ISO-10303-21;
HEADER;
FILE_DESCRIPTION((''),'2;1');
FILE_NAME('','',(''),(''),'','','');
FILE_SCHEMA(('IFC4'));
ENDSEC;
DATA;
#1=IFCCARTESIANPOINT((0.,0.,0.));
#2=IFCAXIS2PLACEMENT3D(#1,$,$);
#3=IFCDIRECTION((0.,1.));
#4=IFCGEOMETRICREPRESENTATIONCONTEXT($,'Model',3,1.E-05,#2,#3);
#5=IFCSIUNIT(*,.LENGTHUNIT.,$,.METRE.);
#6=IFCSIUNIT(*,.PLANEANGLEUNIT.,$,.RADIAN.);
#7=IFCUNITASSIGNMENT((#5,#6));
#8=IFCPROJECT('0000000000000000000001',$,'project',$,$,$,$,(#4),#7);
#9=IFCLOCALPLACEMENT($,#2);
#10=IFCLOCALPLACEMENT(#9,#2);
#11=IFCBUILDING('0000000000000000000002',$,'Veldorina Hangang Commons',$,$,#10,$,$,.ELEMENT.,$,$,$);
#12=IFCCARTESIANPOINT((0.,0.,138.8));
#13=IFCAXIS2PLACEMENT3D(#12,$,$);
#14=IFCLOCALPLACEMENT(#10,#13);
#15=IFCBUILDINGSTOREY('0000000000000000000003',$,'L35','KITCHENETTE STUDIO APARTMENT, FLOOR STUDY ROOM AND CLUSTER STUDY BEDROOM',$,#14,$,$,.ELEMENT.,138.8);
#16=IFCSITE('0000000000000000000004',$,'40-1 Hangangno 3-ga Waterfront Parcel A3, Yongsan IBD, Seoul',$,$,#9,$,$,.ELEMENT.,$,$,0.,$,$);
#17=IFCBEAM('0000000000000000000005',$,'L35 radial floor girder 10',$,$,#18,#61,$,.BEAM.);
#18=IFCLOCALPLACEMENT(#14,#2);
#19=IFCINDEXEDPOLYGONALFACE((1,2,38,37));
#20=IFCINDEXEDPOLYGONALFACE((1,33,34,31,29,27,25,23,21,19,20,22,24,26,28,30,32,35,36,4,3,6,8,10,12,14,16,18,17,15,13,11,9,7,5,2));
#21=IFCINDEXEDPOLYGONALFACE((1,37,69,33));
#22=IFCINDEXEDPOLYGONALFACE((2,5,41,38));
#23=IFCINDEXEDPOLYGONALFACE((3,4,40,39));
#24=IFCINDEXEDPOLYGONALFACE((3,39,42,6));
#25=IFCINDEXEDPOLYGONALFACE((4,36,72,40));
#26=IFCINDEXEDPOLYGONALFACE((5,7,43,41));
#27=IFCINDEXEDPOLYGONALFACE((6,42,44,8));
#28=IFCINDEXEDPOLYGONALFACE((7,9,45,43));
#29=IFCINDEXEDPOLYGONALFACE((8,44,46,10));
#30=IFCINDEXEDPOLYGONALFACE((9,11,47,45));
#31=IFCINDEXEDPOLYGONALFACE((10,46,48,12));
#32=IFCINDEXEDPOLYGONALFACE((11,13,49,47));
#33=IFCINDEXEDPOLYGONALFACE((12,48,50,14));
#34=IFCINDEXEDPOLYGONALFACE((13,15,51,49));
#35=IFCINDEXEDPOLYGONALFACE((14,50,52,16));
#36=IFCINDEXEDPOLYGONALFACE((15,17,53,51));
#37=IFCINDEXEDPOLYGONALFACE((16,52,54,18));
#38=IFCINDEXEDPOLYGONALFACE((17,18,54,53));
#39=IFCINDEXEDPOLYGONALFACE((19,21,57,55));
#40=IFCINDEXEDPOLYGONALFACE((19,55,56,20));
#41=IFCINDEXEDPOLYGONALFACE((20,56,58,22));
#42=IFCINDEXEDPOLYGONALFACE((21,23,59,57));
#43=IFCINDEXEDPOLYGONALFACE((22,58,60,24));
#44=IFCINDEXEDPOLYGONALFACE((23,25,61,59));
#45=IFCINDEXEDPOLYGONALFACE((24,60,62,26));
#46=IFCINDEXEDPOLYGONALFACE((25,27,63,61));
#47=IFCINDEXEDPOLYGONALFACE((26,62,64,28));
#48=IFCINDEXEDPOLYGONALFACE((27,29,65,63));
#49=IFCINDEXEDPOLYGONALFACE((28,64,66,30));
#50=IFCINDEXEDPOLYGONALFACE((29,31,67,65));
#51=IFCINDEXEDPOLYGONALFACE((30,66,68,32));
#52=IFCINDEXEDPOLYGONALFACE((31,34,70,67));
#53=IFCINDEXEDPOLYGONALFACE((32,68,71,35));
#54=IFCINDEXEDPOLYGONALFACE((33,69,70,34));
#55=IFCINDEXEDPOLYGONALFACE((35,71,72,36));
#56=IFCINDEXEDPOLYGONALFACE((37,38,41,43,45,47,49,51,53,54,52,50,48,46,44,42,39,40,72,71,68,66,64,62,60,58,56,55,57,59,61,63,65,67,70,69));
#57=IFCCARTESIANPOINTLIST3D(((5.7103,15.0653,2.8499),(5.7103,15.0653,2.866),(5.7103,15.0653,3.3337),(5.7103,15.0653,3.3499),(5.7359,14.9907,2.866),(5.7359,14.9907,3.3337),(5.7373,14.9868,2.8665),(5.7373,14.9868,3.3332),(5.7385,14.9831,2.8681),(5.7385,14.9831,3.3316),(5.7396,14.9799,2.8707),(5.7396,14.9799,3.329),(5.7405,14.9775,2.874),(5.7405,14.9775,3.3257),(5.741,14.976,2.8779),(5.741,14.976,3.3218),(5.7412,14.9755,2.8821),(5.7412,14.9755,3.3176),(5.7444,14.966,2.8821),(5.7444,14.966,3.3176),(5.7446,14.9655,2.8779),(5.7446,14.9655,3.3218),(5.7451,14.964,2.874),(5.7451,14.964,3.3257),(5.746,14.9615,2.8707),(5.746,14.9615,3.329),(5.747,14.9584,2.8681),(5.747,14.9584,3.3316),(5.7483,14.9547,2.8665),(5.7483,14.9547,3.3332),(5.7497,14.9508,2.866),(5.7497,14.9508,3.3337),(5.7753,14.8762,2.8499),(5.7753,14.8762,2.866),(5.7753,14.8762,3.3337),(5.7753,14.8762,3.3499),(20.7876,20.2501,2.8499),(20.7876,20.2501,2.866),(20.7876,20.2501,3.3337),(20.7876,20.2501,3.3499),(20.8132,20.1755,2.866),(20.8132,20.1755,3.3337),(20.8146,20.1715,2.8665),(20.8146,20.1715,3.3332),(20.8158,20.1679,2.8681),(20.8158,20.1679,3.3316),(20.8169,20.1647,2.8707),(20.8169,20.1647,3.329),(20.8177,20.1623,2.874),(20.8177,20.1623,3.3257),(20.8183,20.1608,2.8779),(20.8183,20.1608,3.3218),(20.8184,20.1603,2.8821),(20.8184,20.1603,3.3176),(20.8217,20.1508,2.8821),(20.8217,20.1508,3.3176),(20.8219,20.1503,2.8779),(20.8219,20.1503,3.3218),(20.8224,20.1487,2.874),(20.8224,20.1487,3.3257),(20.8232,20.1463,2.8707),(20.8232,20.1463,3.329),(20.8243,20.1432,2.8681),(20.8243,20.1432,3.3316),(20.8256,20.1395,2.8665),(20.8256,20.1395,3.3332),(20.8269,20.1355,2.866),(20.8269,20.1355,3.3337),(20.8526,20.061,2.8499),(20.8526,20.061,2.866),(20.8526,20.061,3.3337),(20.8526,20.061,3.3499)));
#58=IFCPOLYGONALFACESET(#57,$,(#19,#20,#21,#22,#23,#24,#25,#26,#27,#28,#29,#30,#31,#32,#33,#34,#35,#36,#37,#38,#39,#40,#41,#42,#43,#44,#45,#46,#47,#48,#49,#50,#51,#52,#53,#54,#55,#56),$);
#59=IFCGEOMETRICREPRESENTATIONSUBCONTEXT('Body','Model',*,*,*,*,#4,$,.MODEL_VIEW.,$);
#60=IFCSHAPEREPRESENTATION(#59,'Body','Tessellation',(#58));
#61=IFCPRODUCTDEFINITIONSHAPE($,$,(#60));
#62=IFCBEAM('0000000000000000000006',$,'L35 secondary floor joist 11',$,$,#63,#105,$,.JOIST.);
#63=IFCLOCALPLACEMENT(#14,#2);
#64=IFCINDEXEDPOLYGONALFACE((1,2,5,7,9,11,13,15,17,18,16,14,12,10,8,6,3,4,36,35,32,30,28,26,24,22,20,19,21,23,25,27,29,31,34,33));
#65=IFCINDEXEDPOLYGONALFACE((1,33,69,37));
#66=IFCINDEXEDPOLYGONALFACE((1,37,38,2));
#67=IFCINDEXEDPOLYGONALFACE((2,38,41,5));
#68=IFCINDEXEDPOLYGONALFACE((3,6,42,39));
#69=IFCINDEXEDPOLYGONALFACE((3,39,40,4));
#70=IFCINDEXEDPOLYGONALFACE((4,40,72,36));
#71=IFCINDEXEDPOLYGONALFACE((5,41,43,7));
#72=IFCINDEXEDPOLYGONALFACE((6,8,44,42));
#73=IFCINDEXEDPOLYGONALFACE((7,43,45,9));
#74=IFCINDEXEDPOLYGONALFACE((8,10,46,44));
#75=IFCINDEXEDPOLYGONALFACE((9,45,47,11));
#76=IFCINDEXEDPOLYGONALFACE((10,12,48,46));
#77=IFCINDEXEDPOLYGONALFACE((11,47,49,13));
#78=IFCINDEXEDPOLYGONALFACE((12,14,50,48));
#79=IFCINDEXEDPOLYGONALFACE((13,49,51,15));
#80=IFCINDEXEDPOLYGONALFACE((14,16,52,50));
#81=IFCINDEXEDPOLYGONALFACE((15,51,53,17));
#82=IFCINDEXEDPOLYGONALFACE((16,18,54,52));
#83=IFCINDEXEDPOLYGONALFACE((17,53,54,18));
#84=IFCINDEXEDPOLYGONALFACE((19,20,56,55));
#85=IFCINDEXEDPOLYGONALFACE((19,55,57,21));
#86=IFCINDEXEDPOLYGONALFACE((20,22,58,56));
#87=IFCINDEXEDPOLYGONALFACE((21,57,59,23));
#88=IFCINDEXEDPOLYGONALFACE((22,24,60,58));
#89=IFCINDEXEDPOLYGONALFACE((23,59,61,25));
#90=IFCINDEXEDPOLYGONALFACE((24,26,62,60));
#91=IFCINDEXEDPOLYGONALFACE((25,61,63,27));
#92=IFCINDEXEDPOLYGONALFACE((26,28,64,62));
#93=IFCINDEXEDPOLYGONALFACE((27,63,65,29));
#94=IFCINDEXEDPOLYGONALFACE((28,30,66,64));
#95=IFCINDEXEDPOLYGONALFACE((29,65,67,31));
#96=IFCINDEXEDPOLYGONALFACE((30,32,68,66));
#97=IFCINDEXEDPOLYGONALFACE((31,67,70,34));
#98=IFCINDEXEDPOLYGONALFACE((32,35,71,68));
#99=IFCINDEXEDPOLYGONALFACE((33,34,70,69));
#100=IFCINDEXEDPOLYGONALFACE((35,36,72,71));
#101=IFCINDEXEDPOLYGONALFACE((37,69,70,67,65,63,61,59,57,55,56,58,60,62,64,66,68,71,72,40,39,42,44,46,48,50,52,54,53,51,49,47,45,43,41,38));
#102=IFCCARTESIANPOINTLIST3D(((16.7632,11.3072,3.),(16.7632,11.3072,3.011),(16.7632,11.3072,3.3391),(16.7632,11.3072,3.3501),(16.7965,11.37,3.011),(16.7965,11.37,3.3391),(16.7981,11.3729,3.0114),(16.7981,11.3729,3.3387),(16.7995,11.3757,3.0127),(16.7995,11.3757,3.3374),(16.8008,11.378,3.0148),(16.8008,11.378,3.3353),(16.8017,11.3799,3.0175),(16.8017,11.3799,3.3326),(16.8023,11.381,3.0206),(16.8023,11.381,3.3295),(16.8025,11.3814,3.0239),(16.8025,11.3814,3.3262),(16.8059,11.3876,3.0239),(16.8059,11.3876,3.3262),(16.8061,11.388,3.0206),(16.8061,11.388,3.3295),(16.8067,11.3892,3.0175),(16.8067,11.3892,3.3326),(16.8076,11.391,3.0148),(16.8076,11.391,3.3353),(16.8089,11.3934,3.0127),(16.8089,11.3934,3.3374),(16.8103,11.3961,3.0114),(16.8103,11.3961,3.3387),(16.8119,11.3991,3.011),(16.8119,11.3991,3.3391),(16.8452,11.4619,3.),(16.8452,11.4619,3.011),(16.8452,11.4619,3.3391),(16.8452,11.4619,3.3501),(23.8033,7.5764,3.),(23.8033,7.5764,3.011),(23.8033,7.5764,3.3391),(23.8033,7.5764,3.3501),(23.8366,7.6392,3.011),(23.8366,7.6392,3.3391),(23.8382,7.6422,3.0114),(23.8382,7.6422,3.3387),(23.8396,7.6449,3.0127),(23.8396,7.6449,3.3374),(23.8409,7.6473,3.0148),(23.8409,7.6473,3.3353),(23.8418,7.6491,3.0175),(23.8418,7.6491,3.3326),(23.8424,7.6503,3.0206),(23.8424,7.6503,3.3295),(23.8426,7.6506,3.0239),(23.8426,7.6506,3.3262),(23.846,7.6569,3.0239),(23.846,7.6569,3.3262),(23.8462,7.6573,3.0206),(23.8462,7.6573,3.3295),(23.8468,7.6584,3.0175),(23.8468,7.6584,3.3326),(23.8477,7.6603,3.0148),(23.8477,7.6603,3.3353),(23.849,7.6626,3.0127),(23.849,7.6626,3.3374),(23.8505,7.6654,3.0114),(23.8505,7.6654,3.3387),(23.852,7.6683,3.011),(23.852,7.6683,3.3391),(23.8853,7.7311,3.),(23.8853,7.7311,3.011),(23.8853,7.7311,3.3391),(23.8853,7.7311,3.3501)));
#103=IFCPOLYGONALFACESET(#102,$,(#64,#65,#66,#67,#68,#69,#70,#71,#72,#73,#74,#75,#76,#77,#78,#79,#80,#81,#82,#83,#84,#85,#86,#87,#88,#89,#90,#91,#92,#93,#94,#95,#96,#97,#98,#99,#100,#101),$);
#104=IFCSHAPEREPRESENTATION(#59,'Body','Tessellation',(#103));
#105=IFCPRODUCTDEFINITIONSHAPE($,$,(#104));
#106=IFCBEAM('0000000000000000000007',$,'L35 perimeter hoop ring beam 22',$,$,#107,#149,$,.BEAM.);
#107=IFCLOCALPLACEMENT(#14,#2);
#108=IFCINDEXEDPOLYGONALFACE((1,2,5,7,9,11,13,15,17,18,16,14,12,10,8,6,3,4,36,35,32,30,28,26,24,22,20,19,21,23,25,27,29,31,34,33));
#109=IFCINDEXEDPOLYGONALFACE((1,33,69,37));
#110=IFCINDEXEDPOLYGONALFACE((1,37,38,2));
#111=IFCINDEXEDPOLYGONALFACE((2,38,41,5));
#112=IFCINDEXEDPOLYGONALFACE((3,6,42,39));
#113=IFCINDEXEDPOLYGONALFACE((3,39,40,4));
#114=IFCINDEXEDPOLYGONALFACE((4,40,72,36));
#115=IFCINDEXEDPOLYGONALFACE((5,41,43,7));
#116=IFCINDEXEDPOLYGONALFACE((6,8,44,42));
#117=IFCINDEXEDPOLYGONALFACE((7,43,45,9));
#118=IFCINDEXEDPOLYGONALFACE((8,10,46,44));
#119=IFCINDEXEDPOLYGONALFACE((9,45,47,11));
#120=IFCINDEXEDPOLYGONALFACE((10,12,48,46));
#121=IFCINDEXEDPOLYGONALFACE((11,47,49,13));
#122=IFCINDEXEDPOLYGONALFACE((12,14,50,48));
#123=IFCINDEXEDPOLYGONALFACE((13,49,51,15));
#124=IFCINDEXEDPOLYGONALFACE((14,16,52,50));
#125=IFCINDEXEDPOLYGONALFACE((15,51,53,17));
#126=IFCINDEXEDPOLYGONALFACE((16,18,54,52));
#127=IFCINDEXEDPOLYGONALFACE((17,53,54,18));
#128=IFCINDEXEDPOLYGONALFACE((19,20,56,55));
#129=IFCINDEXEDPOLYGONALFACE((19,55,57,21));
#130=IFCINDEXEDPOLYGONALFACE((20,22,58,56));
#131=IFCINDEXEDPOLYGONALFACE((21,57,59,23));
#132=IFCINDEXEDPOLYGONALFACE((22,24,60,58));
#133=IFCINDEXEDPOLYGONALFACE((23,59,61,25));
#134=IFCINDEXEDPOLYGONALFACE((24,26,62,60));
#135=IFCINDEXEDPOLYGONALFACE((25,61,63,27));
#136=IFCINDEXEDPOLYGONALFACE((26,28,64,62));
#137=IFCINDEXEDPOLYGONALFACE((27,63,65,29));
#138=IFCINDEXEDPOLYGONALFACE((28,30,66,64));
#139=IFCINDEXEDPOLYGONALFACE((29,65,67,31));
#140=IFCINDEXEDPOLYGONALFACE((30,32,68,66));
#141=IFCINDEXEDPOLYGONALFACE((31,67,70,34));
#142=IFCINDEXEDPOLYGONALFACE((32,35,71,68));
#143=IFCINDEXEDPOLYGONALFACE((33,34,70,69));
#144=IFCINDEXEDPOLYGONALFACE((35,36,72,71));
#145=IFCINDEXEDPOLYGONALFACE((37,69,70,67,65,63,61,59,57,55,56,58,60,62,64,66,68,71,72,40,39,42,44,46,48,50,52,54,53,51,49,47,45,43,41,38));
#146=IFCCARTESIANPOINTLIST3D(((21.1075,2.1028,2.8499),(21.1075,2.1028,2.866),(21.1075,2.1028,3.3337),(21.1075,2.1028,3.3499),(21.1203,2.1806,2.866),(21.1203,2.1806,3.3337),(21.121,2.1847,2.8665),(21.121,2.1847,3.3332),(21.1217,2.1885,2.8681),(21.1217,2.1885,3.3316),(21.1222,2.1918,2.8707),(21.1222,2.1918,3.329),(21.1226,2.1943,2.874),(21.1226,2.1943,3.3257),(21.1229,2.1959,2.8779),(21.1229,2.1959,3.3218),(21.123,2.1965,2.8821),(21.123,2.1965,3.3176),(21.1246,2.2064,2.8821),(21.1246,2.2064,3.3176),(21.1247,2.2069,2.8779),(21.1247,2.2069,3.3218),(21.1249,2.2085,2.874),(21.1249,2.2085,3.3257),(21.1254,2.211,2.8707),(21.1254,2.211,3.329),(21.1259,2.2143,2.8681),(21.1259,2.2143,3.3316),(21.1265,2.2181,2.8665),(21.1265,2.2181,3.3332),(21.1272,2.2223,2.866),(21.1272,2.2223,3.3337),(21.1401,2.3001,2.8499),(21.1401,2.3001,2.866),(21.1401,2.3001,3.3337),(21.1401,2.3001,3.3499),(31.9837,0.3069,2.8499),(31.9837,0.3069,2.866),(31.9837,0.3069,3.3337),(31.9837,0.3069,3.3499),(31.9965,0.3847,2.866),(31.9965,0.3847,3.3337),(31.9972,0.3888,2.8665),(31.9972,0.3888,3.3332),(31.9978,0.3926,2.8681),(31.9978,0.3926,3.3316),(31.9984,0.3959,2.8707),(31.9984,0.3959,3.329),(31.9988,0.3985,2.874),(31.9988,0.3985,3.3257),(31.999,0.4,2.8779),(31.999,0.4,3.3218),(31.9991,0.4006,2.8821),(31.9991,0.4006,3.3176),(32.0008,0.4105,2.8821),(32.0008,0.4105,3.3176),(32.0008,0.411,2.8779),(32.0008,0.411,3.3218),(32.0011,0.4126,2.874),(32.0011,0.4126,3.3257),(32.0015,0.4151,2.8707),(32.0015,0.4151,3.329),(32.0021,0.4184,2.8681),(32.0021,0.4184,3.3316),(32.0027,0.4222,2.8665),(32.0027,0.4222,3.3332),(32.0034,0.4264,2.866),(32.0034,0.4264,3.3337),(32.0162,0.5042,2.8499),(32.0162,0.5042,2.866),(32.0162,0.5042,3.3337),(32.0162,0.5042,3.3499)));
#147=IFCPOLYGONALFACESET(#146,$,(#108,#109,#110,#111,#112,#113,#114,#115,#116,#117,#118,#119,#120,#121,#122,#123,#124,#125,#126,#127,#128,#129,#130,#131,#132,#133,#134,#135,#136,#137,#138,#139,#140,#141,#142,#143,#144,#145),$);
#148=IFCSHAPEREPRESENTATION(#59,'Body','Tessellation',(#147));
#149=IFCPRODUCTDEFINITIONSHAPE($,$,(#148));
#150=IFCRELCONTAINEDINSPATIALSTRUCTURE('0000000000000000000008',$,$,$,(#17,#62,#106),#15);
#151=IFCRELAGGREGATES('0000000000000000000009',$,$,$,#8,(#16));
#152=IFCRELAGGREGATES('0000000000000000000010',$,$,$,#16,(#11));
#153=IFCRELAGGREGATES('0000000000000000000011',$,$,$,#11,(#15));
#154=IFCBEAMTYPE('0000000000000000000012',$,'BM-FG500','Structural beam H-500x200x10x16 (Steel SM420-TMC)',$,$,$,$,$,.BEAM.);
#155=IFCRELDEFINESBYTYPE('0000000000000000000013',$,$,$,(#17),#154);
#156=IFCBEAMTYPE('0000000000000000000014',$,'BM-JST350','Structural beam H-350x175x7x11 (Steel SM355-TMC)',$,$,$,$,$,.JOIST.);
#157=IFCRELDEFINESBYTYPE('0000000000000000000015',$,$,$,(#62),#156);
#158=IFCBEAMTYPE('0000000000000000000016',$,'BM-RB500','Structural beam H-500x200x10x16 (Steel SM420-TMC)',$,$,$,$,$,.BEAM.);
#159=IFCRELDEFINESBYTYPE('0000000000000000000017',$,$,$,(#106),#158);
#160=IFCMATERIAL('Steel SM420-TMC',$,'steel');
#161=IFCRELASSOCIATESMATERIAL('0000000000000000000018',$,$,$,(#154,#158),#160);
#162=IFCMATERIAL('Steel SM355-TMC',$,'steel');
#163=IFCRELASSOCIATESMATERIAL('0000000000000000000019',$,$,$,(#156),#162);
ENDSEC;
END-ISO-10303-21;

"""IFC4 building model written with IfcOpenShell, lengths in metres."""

from ifc_helpers import new_model, si_unit, direction, frame, origin, origin_2d, place, context, subcontext, project, spatial, i_section, extrude, material, material_profile, profile_set, type_object, element, save


model = new_model("IFC4")

# Units and contexts
model_context = context("Model", 3, precision=1e-05, world=origin(), true_north=direction((0.0, 1.0)))
body_context = subcontext(model_context, "Body", "Model", "MODEL_VIEW")
ifc_project = project(units=[si_unit("LENGTHUNIT", "METRE"), si_unit("PLANEANGLEUNIT", "RADIAN")], contexts=[model_context])

# Site, building, storey
site_placement = place(None, origin())
site = spatial("IfcSite", under=ifc_project, at=site_placement, Name="40-1 Hangangno 3-ga Waterfront Parcel A3, Yongsan IBD, Seoul", CompositionType="ELEMENT", RefElevation=0.0)
building_placement = place(site_placement, origin())
building = spatial("IfcBuilding", under=site, at=building_placement, Name="Veldorina Hangang Commons", CompositionType="ELEMENT")
storey_placement = place(building_placement, frame((0.0, 0.0, 138.8)))
storey = spatial("IfcBuildingStorey", under=building, at=storey_placement, Name="L35", Description="KITCHENETTE STUDIO APARTMENT, FLOOR STUDY ROOM AND CLUSTER STUDY BEDROOM", CompositionType="ELEMENT", Elevation=138.8)

# Beams
ifc_material_1 = material(Name="Steel SM420-TMC", Category="steel")
ifc_material_profile_1 = material_profile(ifc_material_1, i_section(OverallWidth=0.2, OverallDepth=0.5, WebThickness=0.01, FlangeThickness=0.0161, FilletRadius=0.0161, at=origin_2d()), Name="H-500x200x10x16")
ifc_profile_set_1 = profile_set([ifc_material_profile_1], Name="Steel SM420-TMC")
beam_type_1 = type_object("IfcBeamType", Name="BM-FG500", Description="Structural beam H-500x200x10x16 (Steel SM420-TMC)", PredefinedType="BEAM", material=ifc_profile_set_1)
beam_1_placement = place(storey_placement, frame((20.8201, 20.1555, 3.0999), z_axis=(-0.945649, -0.32519, 0.0), x_axis=(0.32519, -0.945649, 0.0)))
element("IfcBeam", 1, at=beam_1_placement, inside=storey, type_object=beam_type_1, Name="L35 radial floor girder 10", PredefinedType="BEAM", context=body_context, shape_type="SweptSolid", body=[
    extrude(i_section(OverallWidth=0.2, OverallDepth=0.5, WebThickness=0.01, FlangeThickness=0.0161, FilletRadius=0.0161, at=origin_2d()), origin(), (0.0, 0.0, 1.0), 15.9438),
])
ifc_material_2 = material(Name="Steel SM355-TMC", Category="steel")
ifc_material_profile_2 = material_profile(ifc_material_2, i_section(OverallWidth=0.175, OverallDepth=0.3501, WebThickness=0.0071, FlangeThickness=0.011, FilletRadius=0.0129, at=origin_2d()), Name="H-350x175x7x11")
ifc_profile_set_2 = profile_set([ifc_material_profile_2], Name="Steel SM355-TMC")
beam_type_2 = type_object("IfcBeamType", Name="BM-JST350", Description="Structural beam H-350x175x7x11 (Steel SM355-TMC)", PredefinedType="JOIST", material=ifc_profile_set_2)
beam_2_placement = place(storey_placement, frame((16.8042, 11.3845, 3.175), z_axis=(0.883599, -0.468244, 0.0), x_axis=(0.468244, 0.883599, 0.0)))
element("IfcBeam", 2, at=beam_2_placement, inside=storey, type_object=beam_type_2, Name="L35 secondary floor joist 11", PredefinedType="JOIST", context=body_context, shape_type="SweptSolid", body=[
    extrude(i_section(OverallWidth=0.175, OverallDepth=0.3501, WebThickness=0.0071, FlangeThickness=0.011, FilletRadius=0.0129, at=origin_2d()), origin(), (0.0, 0.0, 1.0), 7.9675),
])
ifc_material_profile_3 = material_profile(ifc_material_1, i_section(OverallWidth=0.2, OverallDepth=0.5, WebThickness=0.01, FlangeThickness=0.0161, FilletRadius=0.0161, at=origin_2d()), Name="H-500x200x10x16")
ifc_profile_set_3 = profile_set([ifc_material_profile_3], Name="Steel SM420-TMC")
beam_type_3 = type_object("IfcBeamType", Name="BM-RB500", Description="Structural beam H-500x200x10x16 (Steel SM420-TMC)", PredefinedType="BEAM", material=ifc_profile_set_3)
beam_3_placement = place(storey_placement, frame((21.1238, 2.2014, 3.0999), z_axis=(0.98664, -0.162916, 0.0), x_axis=(0.162916, 0.98664, 0.0)))
element("IfcBeam", 3, at=beam_3_placement, inside=storey, type_object=beam_type_3, Name="L35 perimeter hoop ring beam 22", PredefinedType="BEAM", context=body_context, shape_type="SweptSolid", body=[
    extrude(i_section(OverallWidth=0.2, OverallDepth=0.5, WebThickness=0.01, FlangeThickness=0.0161, FilletRadius=0.0161, at=origin_2d()), origin(), (0.0, 0.0, 1.0), 11.0234),
])

save(model, "model.ifc")
